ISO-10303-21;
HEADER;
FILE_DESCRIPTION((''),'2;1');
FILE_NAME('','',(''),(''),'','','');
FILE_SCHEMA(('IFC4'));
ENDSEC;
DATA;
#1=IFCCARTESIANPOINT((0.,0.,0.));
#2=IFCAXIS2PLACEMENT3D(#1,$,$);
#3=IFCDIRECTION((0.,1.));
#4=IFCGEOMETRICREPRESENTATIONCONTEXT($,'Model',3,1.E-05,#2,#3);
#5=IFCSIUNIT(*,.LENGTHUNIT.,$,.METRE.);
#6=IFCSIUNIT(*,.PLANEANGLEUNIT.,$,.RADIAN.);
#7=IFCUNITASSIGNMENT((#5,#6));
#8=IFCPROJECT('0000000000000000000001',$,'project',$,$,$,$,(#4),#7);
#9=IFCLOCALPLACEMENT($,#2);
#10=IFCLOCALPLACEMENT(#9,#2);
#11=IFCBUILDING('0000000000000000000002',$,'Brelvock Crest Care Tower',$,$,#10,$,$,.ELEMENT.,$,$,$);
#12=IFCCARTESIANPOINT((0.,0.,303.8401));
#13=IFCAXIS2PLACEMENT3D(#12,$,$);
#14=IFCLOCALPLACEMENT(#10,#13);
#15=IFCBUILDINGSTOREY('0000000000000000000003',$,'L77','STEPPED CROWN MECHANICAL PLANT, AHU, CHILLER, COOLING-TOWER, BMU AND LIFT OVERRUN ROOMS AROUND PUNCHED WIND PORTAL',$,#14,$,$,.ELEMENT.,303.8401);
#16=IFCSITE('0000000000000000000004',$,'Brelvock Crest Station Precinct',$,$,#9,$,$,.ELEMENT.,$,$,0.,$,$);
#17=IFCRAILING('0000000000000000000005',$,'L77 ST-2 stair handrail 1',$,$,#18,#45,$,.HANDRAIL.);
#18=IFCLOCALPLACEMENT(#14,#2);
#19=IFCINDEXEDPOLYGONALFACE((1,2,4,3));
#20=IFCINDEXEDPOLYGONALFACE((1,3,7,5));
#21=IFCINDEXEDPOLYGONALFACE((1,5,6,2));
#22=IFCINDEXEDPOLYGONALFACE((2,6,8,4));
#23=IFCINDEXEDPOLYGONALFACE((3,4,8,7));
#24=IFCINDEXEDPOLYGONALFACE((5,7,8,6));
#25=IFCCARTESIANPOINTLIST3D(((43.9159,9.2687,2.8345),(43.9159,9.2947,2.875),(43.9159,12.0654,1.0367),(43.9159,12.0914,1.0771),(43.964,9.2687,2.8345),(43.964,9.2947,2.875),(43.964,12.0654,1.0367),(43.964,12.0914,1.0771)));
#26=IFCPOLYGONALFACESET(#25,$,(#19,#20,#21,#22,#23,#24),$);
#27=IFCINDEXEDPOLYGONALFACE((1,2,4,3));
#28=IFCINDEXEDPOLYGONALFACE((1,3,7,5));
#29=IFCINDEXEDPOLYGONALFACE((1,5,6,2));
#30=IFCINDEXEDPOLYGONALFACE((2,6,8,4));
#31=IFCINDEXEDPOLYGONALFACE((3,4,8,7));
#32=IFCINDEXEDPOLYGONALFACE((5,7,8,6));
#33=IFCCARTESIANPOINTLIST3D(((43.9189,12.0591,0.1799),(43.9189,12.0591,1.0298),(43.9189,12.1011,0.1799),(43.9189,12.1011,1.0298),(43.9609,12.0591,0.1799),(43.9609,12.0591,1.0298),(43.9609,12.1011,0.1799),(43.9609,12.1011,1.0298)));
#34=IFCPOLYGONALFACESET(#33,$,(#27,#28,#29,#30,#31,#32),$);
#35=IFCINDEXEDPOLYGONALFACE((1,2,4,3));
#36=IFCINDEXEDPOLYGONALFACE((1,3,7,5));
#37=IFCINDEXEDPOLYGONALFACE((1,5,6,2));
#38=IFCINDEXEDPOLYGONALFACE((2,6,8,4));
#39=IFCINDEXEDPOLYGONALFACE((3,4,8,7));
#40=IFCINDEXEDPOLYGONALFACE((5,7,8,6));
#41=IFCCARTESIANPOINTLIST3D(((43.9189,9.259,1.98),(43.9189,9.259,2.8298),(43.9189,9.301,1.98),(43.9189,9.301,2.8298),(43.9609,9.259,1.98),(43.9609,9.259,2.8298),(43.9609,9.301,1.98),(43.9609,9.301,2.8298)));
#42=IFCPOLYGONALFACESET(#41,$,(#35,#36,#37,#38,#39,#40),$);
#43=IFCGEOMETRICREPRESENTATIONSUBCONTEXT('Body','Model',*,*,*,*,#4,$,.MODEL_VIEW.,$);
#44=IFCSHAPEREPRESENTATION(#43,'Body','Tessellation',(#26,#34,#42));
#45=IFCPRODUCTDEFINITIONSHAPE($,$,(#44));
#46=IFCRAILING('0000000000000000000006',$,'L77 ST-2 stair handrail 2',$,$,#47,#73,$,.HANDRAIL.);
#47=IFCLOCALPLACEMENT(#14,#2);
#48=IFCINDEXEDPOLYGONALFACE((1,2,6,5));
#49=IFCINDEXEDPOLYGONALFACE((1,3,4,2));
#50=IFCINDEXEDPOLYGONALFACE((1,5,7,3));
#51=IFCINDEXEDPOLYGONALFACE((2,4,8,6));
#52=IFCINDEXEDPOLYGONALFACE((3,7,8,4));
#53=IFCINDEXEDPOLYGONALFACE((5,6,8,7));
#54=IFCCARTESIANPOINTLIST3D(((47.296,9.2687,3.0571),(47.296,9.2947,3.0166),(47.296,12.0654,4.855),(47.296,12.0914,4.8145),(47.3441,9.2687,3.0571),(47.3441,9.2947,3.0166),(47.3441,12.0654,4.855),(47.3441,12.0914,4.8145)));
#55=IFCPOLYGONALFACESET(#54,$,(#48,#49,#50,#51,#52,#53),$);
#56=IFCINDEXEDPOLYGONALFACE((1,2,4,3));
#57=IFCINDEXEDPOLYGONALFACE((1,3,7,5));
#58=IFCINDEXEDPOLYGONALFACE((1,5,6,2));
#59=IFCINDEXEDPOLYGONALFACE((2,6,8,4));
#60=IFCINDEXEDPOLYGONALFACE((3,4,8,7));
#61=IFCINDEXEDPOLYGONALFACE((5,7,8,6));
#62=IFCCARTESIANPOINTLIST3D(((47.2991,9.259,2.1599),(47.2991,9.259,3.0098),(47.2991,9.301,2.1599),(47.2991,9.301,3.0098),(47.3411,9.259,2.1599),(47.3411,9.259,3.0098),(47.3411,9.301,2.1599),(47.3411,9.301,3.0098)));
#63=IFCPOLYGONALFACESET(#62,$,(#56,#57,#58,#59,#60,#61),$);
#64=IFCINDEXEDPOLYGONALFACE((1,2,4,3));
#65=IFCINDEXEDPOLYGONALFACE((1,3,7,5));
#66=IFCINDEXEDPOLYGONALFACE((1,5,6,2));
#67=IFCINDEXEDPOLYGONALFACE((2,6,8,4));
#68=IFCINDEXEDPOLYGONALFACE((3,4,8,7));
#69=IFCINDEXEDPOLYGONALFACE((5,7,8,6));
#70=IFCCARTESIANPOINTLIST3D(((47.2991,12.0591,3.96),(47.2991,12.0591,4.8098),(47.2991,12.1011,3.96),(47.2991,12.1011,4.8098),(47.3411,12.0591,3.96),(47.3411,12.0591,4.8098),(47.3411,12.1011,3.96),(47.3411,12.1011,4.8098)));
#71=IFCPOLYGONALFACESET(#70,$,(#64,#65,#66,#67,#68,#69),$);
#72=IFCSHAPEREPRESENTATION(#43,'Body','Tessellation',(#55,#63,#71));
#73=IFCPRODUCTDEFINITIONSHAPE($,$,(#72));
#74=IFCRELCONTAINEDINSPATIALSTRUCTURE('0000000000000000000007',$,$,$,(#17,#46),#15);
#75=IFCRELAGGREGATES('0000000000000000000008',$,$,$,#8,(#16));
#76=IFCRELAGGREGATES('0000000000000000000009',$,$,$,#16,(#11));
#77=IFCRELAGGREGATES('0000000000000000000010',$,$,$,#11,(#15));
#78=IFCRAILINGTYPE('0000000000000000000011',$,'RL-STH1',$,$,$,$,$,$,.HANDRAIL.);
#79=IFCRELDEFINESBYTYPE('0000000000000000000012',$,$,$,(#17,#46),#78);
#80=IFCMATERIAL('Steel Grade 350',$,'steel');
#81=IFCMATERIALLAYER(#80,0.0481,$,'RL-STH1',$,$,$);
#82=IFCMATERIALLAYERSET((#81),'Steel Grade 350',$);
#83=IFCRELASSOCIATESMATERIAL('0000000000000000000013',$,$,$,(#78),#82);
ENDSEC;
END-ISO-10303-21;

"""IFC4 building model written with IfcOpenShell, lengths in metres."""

from ifc_helpers import new_model, si_unit, direction, frame, origin, origin_2d, place, context, subcontext, project, spatial, rectangle, extrude, material, layer, layer_set, type_object, element, save


model = new_model("IFC4")

# Units and contexts
model_context = context("Model", 3, precision=1e-05, world=origin(), true_north=direction((0.0, 1.0)))
body_context = subcontext(model_context, "Body", "Model", "MODEL_VIEW")
ifc_project = project(units=[si_unit("LENGTHUNIT", "METRE"), si_unit("PLANEANGLEUNIT", "RADIAN")], contexts=[model_context])

# Site, building, storey
site_placement = place(None, origin())
site = spatial("IfcSite", under=ifc_project, at=site_placement, Name="Brelvock Crest Station Precinct", CompositionType="ELEMENT", RefElevation=0.0)
building_placement = place(site_placement, origin())
building = spatial("IfcBuilding", under=site, at=building_placement, Name="Brelvock Crest Care Tower", CompositionType="ELEMENT")
storey_placement = place(building_placement, frame((0.0, 0.0, 303.8401)))
storey = spatial("IfcBuildingStorey", under=building, at=storey_placement, Name="L77", Description="STEPPED CROWN MECHANICAL PLANT, AHU, CHILLER, COOLING-TOWER, BMU AND LIFT OVERRUN ROOMS AROUND PUNCHED WIND PORTAL", CompositionType="ELEMENT", Elevation=303.8401)

# Shared definitions
ifc_material_1 = material(Name="Steel Grade 350", Category="steel")

# Railings
ifc_layer_1 = layer(ifc_material_1, 0.0481, Name="RL-STH1")
ifc_layer_set_1 = layer_set([ifc_layer_1], Name="Steel Grade 350")
railing_type_1 = type_object("IfcRailingType", Name="RL-STH1", PredefinedType="HANDRAIL", material=ifc_layer_set_1)
railing_1_placement = place(storey_placement, frame((43.9399, 12.0801, 0.1799)))
element("IfcRailing", 1, at=railing_1_placement, inside=storey, type_object=railing_type_1, Name="L77 ST-2 stair handrail 1", PredefinedType="HANDRAIL", context=body_context, shape_type="SweptSolid", body=[
    extrude(rectangle(XDim=0.0481, YDim=0.0481, at=origin_2d()), frame((0.0, -0.0017, 0.877), z_axis=(0.0, -0.841176, 0.540761), x_axis=(1.0, 0.0, 0.0)), (0.0, 0.0, 1.0), 3.3247),
    extrude(rectangle(XDim=0.042, YDim=0.042, at=origin_2d()), origin(), (0.0, 0.0, 1.0), 0.8499),
    extrude(rectangle(XDim=0.042, YDim=0.042, at=origin_2d()), frame((0.0, -2.8, 1.8)), (0.0, 0.0, 1.0), 0.8499),
])
railing_2_placement = place(storey_placement, frame((47.3201, 9.28, 2.1599)))
element("IfcRailing", 2, at=railing_2_placement, inside=storey, type_object=railing_type_1, Name="L77 ST-2 stair handrail 2", PredefinedType="HANDRAIL", context=body_context, shape_type="SweptSolid", body=[
    extrude(rectangle(XDim=0.0481, YDim=0.0481, at=origin_2d()), frame((0.0, 0.0017, 0.877), z_axis=(0.0, 0.841176, 0.540761), x_axis=(-1.0, 0.0, 0.0)), (0.0, 0.0, 1.0), 3.3247),
    extrude(rectangle(XDim=0.042, YDim=0.042, at=origin_2d()), origin(), (0.0, 0.0, 1.0), 0.8499),
    extrude(rectangle(XDim=0.042, YDim=0.042, at=origin_2d()), frame((0.0, 2.8, 1.8)), (0.0, 0.0, 1.0), 0.8499),
])

save(model, "model.ifc")
